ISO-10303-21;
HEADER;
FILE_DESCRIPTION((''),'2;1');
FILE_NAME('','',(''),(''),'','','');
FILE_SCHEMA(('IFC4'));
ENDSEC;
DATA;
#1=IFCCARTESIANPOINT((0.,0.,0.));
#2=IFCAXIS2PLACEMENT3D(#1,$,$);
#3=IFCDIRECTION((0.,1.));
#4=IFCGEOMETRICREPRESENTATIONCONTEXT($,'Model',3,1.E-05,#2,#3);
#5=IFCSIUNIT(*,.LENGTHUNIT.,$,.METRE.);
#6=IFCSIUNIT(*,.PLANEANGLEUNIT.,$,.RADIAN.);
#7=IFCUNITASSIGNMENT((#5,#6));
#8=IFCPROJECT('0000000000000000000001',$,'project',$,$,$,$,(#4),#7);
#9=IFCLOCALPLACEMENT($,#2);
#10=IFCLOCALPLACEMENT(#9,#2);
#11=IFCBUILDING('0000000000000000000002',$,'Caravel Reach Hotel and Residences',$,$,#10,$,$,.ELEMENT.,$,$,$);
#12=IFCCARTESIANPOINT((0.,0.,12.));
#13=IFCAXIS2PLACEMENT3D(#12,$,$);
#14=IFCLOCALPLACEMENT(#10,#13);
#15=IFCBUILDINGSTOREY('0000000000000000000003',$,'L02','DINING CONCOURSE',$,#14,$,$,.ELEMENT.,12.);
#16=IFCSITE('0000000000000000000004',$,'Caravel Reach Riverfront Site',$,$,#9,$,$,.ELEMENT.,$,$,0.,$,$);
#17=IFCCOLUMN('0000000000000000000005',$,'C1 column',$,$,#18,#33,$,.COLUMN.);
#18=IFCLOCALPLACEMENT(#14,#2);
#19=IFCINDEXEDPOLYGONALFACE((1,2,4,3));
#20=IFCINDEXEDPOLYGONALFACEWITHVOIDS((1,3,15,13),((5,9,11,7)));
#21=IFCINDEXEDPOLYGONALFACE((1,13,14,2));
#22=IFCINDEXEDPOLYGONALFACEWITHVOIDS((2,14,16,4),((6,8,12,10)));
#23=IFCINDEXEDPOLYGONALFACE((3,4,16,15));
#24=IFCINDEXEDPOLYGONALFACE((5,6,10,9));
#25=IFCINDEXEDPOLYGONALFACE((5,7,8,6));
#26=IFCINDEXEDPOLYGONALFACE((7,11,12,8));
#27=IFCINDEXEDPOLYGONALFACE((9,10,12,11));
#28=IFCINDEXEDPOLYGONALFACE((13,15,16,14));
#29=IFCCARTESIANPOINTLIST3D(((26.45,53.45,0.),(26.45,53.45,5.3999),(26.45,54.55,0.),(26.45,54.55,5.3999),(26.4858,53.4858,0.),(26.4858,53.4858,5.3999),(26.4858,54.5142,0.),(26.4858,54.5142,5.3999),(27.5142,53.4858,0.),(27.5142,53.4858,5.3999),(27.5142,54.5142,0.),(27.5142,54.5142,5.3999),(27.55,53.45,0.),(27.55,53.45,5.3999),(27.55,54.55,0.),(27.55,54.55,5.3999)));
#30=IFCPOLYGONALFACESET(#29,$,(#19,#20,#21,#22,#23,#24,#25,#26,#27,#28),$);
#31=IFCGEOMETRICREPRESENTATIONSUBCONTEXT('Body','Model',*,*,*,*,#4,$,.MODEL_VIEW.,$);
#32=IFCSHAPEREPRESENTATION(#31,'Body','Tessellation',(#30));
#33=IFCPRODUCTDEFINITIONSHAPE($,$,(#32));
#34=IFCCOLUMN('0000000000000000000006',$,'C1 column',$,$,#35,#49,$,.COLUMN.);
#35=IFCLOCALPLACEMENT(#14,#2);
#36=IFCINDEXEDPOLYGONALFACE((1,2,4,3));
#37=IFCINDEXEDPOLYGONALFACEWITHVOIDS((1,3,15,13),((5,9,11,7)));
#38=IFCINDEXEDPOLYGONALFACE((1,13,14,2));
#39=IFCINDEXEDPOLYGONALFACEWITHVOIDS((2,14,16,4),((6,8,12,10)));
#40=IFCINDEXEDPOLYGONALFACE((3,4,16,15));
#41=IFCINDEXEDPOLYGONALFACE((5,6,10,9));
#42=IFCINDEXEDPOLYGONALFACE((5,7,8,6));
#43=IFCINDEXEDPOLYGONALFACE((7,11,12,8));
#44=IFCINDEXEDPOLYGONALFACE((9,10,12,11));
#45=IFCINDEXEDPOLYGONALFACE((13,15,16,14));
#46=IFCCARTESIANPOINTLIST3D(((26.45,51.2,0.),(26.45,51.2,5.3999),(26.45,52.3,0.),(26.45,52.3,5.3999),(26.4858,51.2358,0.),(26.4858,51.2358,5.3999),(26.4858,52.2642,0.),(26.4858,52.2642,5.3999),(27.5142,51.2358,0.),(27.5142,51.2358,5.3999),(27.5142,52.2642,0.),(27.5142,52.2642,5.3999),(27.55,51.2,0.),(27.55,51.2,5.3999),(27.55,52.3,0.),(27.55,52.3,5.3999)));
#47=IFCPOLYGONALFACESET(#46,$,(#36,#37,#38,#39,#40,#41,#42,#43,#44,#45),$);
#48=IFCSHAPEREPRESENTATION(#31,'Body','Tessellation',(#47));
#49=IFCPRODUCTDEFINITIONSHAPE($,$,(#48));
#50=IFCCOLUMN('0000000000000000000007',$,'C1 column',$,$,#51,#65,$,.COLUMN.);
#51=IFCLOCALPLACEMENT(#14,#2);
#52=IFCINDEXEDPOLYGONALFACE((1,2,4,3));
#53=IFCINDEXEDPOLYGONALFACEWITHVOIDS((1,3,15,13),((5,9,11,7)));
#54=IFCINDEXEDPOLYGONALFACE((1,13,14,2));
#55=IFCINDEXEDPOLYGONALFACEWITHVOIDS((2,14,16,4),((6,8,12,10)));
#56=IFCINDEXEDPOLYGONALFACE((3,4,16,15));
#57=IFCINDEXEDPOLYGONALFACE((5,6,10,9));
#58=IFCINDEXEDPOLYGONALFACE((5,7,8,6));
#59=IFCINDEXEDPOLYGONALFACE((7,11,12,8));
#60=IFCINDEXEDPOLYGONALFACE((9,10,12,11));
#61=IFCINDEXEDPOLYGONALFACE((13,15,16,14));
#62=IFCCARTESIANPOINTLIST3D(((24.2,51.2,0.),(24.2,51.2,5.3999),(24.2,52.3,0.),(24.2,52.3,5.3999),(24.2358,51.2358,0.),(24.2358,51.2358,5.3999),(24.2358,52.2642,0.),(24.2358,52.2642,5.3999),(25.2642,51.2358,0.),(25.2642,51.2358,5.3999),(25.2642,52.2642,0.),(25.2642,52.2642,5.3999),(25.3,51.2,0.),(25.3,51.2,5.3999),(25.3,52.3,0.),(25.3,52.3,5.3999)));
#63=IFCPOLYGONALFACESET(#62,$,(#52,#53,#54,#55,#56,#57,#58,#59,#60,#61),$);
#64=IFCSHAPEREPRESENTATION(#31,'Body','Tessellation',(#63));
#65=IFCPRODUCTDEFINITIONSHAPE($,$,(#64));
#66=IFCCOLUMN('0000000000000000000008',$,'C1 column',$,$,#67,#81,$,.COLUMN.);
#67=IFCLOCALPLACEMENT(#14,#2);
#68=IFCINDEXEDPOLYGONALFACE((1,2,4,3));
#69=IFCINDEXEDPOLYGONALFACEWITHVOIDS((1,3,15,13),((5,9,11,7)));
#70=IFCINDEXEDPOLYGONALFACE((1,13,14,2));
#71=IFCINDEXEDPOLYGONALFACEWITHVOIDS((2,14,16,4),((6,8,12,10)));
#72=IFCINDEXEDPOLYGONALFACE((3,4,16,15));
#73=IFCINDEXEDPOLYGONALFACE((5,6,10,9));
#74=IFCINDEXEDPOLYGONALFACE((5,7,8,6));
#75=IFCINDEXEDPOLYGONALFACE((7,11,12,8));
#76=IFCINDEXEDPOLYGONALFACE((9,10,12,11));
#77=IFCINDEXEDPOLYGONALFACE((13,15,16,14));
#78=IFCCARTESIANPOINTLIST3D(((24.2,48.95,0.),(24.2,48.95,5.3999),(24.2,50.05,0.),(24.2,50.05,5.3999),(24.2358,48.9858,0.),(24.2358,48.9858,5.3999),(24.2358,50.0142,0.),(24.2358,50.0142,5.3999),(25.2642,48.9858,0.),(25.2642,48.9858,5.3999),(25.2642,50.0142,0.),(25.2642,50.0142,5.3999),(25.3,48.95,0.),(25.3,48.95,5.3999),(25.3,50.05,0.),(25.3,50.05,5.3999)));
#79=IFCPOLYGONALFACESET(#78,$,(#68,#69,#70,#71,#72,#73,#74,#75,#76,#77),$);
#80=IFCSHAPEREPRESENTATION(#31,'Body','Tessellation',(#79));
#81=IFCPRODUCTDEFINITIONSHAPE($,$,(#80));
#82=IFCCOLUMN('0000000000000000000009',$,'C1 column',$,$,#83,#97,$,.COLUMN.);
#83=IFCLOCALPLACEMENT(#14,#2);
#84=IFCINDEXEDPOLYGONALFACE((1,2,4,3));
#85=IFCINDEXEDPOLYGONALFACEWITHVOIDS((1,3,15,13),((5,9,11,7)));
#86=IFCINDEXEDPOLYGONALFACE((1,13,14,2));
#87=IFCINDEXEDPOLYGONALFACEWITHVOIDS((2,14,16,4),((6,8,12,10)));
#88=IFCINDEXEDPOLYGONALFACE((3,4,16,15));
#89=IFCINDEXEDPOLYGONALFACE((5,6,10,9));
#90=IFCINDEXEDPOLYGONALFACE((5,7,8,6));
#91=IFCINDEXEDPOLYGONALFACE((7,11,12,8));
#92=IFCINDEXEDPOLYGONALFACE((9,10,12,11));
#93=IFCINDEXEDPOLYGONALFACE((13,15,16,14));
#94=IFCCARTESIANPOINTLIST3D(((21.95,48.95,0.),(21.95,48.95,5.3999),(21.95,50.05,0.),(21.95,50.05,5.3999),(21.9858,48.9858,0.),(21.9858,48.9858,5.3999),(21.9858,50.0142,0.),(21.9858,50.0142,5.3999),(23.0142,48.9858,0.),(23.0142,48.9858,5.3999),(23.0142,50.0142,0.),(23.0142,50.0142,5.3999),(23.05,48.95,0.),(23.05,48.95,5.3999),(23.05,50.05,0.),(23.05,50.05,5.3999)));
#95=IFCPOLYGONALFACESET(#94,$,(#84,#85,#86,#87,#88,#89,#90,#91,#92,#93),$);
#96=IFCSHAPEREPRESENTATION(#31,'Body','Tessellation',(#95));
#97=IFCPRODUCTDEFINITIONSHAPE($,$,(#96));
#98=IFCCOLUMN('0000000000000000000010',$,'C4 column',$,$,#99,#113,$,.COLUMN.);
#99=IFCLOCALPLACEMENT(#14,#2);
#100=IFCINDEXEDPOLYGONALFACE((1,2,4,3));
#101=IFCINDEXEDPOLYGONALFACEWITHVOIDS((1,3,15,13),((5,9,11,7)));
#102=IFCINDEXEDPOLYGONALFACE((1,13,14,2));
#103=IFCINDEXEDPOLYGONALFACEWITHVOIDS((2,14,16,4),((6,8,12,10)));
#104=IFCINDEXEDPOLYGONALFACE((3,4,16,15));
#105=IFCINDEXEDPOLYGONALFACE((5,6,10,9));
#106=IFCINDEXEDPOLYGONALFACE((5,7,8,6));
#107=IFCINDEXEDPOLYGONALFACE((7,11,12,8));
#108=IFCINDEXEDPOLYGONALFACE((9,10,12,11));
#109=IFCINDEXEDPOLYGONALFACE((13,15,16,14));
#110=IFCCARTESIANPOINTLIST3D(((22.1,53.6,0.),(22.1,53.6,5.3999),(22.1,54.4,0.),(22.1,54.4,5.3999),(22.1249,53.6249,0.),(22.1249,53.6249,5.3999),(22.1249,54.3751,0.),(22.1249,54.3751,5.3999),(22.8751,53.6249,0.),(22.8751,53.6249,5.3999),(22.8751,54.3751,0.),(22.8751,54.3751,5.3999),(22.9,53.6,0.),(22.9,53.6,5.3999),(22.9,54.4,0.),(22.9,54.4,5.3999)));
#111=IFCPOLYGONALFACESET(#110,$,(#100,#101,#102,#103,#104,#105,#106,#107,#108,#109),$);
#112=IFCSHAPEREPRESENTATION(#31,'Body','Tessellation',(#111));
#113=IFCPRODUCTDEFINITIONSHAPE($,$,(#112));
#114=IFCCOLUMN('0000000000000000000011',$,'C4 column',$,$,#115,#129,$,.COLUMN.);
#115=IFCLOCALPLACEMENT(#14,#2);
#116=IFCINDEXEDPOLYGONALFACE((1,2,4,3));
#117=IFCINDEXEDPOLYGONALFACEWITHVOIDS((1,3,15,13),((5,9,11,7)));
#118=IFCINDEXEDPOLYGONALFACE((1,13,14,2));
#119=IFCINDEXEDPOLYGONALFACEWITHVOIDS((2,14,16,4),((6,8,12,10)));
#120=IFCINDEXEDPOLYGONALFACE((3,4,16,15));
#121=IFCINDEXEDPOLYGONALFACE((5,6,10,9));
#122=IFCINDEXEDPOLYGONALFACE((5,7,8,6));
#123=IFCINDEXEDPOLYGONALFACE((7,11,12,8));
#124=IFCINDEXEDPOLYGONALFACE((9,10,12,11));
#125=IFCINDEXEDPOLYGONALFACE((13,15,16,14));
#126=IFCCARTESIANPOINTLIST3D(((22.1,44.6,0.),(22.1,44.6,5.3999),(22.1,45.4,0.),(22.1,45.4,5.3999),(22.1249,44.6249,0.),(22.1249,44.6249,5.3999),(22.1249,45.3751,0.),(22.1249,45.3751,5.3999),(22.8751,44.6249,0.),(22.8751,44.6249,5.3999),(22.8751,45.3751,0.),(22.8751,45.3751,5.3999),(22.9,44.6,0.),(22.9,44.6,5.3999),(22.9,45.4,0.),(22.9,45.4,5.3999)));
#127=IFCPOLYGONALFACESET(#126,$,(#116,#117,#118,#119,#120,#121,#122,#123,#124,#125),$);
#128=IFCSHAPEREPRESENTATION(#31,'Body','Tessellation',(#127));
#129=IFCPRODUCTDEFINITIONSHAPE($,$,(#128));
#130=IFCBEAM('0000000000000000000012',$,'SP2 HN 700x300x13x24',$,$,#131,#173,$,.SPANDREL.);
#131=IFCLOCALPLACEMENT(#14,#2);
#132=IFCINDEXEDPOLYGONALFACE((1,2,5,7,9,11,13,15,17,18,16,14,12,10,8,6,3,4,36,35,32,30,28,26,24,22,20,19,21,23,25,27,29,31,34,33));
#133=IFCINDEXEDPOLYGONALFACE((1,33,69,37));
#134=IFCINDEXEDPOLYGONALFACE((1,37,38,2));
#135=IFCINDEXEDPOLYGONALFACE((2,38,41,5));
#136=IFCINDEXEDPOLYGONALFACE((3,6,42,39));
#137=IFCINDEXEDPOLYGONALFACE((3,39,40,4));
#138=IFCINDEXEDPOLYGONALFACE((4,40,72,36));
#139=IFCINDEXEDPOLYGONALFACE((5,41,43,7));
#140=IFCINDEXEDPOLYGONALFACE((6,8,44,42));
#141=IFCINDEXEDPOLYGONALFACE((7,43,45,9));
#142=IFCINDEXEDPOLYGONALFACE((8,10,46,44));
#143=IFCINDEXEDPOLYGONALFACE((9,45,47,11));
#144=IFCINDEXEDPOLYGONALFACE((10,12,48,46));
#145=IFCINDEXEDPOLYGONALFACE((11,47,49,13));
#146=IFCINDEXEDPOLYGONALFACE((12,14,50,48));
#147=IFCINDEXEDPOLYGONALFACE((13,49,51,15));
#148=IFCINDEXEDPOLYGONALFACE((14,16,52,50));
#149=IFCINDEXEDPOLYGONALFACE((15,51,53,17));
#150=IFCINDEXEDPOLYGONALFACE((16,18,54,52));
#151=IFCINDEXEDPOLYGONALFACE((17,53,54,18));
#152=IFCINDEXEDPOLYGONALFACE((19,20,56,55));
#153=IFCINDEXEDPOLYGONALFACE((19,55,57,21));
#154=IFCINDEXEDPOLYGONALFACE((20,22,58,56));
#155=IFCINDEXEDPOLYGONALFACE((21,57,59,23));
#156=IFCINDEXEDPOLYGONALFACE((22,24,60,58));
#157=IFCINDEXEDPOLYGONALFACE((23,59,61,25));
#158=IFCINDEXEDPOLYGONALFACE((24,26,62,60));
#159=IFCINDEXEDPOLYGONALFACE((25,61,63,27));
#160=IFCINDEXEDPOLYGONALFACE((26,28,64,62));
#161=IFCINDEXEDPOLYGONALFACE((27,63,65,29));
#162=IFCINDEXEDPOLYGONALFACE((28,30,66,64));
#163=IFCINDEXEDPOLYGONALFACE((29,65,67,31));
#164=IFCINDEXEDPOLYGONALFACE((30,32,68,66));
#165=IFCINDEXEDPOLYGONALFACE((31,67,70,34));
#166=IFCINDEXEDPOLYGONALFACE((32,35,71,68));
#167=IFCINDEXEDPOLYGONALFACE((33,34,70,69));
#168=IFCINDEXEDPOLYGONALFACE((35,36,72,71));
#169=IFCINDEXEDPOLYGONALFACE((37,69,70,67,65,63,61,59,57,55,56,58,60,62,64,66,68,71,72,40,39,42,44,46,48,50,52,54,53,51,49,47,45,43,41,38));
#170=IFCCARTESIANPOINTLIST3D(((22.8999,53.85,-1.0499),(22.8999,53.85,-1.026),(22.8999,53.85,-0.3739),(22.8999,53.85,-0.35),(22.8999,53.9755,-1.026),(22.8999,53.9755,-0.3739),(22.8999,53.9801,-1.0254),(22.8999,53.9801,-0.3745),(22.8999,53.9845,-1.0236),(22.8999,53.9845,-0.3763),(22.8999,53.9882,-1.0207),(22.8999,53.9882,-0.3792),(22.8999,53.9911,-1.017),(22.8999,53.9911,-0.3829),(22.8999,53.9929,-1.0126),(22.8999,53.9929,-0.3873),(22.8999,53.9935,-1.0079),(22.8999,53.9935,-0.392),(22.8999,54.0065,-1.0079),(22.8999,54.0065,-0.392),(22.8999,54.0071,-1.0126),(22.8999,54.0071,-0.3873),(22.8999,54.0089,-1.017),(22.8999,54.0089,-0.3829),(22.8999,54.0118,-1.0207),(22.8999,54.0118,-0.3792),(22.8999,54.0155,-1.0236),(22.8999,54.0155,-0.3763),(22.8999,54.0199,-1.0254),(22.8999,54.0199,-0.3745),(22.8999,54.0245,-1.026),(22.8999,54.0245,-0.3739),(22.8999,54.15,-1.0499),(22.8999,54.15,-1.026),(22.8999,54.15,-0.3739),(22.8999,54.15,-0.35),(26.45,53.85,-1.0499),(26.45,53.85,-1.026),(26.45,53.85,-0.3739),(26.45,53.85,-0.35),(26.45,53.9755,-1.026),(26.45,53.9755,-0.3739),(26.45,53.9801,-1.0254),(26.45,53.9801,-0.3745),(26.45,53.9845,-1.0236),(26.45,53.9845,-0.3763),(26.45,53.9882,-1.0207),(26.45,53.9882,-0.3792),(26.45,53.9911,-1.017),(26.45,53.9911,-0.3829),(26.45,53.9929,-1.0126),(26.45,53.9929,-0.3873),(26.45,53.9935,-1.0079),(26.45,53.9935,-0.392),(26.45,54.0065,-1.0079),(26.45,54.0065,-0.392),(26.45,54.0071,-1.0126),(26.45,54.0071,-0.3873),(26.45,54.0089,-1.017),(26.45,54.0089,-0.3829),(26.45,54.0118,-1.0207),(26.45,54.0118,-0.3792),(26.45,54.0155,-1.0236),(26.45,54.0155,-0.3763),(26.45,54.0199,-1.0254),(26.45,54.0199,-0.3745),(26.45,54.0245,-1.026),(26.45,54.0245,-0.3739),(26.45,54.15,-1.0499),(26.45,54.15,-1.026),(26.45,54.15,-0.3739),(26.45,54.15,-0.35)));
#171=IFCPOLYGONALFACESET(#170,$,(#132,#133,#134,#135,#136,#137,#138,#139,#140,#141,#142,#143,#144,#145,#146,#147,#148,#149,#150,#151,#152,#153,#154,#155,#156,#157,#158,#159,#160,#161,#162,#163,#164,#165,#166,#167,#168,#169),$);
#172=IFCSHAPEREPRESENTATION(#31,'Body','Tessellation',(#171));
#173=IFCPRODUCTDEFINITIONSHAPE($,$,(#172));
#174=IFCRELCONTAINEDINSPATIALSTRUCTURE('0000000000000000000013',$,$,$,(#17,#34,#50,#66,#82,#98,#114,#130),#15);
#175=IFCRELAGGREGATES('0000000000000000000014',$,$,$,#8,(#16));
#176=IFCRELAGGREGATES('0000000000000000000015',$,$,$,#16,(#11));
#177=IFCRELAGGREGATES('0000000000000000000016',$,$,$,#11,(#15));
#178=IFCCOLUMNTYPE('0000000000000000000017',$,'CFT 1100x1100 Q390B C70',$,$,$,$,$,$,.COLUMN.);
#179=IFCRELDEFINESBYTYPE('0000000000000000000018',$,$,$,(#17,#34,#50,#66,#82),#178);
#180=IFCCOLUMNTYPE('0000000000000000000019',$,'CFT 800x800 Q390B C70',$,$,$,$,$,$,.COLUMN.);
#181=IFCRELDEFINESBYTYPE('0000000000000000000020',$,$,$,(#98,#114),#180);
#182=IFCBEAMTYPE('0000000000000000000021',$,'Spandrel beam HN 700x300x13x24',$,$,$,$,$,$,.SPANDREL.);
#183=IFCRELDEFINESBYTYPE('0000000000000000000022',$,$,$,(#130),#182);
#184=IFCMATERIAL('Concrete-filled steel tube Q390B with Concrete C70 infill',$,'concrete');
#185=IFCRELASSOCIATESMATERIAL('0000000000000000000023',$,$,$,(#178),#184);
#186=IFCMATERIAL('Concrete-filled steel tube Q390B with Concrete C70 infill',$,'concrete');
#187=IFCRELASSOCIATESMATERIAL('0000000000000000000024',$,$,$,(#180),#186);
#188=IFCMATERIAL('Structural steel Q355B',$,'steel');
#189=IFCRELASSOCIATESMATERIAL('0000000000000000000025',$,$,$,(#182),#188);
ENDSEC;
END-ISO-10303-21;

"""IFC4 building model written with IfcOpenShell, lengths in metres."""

from ifc_helpers import new_model, si_unit, direction, frame, origin, origin_2d, place, context, subcontext, project, spatial, hollow_rectangle, i_section, extrude, material, material_profile, profile_set, type_object, element, save


model = new_model("IFC4")

# Units and contexts
model_context = context("Model", 3, precision=1e-05, world=origin(), true_north=direction((0.0, 1.0)))
body_context = subcontext(model_context, "Body", "Model", "MODEL_VIEW")
ifc_project = project(units=[si_unit("LENGTHUNIT", "METRE"), si_unit("PLANEANGLEUNIT", "RADIAN")], contexts=[model_context])

# Site, building, storey
site_placement = place(None, origin())
site = spatial("IfcSite", under=ifc_project, at=site_placement, Name="Caravel Reach Riverfront Site", CompositionType="ELEMENT", RefElevation=0.0)
building_placement = place(site_placement, origin())
building = spatial("IfcBuilding", under=site, at=building_placement, Name="Caravel Reach Hotel and Residences", CompositionType="ELEMENT")
storey_placement = place(building_placement, frame((0.0, 0.0, 12.0)))
storey = spatial("IfcBuildingStorey", under=building, at=storey_placement, Name="L02", Description="DINING CONCOURSE", CompositionType="ELEMENT", Elevation=12.0)

# Columns
ifc_material_1 = material(Name="Concrete-filled steel tube Q390B with Concrete C70 infill", Category="concrete")
ifc_material_profile_1 = material_profile(ifc_material_1, hollow_rectangle(XDim=1.1001, YDim=1.1001, WallThickness=0.0359, at=origin_2d()), Name="RHS 1100x1100x36")
ifc_profile_set_1 = profile_set([ifc_material_profile_1], Name="Concrete-filled steel tube Q390B with Concrete C70 infill")
column_type_1 = type_object("IfcColumnType", Name="CFT 1100x1100 Q390B C70", PredefinedType="COLUMN", material=ifc_profile_set_1)
for number, where, z_axis, x_axis, name in (
    (1, (27.0, 54.0, 0.0), (0.0, 0.0, 1.0), (1.0, 0.0, 0.0), "C1 column"),
    (2, (27.0, 51.75, 0.0), (0.0, 0.0, 1.0), (1.0, 0.0, 0.0), "C1 column"),
    (3, (24.75, 51.75, 0.0), (0.0, 0.0, 1.0), (1.0, 0.0, 0.0), "C1 column"),
    (4, (24.75, 49.5, 0.0), (0.0, 0.0, 1.0), (1.0, 0.0, 0.0), "C1 column"),
    (5, (22.5, 49.5, 0.0), (0.0, 0.0, 1.0), (1.0, 0.0, 0.0), "C1 column"),
):
    element("IfcColumn", number, at=place(storey_placement, frame(where, z_axis=z_axis, x_axis=x_axis)), inside=storey, type_object=column_type_1, Name=name, PredefinedType="COLUMN", context=body_context, shape_type="SweptSolid", body=[
        extrude(hollow_rectangle(XDim=1.1001, YDim=1.1001, WallThickness=0.0359, at=origin_2d()), origin(), (0.0, 0.0, 1.0), 5.3999),
    ])
ifc_material_2 = material(Name="Concrete-filled steel tube Q390B with Concrete C70 infill", Category="concrete")
ifc_material_profile_2 = material_profile(ifc_material_2, hollow_rectangle(XDim=0.8, YDim=0.8, WallThickness=0.0249, at=origin_2d()), Name="RHS 800x800x25")
ifc_profile_set_2 = profile_set([ifc_material_profile_2], Name="Concrete-filled steel tube Q390B with Concrete C70 infill")
column_type_2 = type_object("IfcColumnType", Name="CFT 800x800 Q390B C70", PredefinedType="COLUMN", material=ifc_profile_set_2)
for number, where, z_axis, x_axis, name in (
    (6, (22.5, 54.0, 0.0), (0.0, 0.0, 1.0), (1.0, 0.0, 0.0), "C4 column"),
    (7, (22.5, 45.0, 0.0), (0.0, 0.0, 1.0), (1.0, 0.0, 0.0), "C4 column"),
):
    element("IfcColumn", number, at=place(storey_placement, frame(where, z_axis=z_axis, x_axis=x_axis)), inside=storey, type_object=column_type_2, Name=name, PredefinedType="COLUMN", context=body_context, shape_type="SweptSolid", body=[
        extrude(hollow_rectangle(XDim=0.8, YDim=0.8, WallThickness=0.0249, at=origin_2d()), origin(), (0.0, 0.0, 1.0), 5.3999),
    ])

# Beam
ifc_material_3 = material(Name="Structural steel Q355B", Category="steel")
ifc_material_profile_3 = material_profile(ifc_material_3, i_section(OverallWidth=0.3, OverallDepth=0.7, WebThickness=0.0129, FlangeThickness=0.0239, FilletRadius=0.0181, at=origin_2d()), Name="HN 700x300x13x24")
ifc_profile_set_3 = profile_set([ifc_material_profile_3], Name="Structural steel Q355B")
beam_type = type_object("IfcBeamType", Name="Spandrel beam HN 700x300x13x24", PredefinedType="SPANDREL", material=ifc_profile_set_3)
beam_1_placement = place(storey_placement, frame((26.45, 54.0, -0.7), z_axis=(-1.0, 0.0, 0.0), x_axis=(0.0, -1.0, 0.0)))
element("IfcBeam", 8, at=beam_1_placement, inside=storey, type_object=beam_type, Name="SP2 HN 700x300x13x24", PredefinedType="SPANDREL", context=body_context, shape_type="SweptSolid", body=[
    extrude(i_section(OverallWidth=0.3, OverallDepth=0.7, WebThickness=0.0129, FlangeThickness=0.0239, FilletRadius=0.0181, at=origin_2d()), origin(), (0.0, 0.0, 1.0), 3.55),
])

save(model, "model.ifc")
